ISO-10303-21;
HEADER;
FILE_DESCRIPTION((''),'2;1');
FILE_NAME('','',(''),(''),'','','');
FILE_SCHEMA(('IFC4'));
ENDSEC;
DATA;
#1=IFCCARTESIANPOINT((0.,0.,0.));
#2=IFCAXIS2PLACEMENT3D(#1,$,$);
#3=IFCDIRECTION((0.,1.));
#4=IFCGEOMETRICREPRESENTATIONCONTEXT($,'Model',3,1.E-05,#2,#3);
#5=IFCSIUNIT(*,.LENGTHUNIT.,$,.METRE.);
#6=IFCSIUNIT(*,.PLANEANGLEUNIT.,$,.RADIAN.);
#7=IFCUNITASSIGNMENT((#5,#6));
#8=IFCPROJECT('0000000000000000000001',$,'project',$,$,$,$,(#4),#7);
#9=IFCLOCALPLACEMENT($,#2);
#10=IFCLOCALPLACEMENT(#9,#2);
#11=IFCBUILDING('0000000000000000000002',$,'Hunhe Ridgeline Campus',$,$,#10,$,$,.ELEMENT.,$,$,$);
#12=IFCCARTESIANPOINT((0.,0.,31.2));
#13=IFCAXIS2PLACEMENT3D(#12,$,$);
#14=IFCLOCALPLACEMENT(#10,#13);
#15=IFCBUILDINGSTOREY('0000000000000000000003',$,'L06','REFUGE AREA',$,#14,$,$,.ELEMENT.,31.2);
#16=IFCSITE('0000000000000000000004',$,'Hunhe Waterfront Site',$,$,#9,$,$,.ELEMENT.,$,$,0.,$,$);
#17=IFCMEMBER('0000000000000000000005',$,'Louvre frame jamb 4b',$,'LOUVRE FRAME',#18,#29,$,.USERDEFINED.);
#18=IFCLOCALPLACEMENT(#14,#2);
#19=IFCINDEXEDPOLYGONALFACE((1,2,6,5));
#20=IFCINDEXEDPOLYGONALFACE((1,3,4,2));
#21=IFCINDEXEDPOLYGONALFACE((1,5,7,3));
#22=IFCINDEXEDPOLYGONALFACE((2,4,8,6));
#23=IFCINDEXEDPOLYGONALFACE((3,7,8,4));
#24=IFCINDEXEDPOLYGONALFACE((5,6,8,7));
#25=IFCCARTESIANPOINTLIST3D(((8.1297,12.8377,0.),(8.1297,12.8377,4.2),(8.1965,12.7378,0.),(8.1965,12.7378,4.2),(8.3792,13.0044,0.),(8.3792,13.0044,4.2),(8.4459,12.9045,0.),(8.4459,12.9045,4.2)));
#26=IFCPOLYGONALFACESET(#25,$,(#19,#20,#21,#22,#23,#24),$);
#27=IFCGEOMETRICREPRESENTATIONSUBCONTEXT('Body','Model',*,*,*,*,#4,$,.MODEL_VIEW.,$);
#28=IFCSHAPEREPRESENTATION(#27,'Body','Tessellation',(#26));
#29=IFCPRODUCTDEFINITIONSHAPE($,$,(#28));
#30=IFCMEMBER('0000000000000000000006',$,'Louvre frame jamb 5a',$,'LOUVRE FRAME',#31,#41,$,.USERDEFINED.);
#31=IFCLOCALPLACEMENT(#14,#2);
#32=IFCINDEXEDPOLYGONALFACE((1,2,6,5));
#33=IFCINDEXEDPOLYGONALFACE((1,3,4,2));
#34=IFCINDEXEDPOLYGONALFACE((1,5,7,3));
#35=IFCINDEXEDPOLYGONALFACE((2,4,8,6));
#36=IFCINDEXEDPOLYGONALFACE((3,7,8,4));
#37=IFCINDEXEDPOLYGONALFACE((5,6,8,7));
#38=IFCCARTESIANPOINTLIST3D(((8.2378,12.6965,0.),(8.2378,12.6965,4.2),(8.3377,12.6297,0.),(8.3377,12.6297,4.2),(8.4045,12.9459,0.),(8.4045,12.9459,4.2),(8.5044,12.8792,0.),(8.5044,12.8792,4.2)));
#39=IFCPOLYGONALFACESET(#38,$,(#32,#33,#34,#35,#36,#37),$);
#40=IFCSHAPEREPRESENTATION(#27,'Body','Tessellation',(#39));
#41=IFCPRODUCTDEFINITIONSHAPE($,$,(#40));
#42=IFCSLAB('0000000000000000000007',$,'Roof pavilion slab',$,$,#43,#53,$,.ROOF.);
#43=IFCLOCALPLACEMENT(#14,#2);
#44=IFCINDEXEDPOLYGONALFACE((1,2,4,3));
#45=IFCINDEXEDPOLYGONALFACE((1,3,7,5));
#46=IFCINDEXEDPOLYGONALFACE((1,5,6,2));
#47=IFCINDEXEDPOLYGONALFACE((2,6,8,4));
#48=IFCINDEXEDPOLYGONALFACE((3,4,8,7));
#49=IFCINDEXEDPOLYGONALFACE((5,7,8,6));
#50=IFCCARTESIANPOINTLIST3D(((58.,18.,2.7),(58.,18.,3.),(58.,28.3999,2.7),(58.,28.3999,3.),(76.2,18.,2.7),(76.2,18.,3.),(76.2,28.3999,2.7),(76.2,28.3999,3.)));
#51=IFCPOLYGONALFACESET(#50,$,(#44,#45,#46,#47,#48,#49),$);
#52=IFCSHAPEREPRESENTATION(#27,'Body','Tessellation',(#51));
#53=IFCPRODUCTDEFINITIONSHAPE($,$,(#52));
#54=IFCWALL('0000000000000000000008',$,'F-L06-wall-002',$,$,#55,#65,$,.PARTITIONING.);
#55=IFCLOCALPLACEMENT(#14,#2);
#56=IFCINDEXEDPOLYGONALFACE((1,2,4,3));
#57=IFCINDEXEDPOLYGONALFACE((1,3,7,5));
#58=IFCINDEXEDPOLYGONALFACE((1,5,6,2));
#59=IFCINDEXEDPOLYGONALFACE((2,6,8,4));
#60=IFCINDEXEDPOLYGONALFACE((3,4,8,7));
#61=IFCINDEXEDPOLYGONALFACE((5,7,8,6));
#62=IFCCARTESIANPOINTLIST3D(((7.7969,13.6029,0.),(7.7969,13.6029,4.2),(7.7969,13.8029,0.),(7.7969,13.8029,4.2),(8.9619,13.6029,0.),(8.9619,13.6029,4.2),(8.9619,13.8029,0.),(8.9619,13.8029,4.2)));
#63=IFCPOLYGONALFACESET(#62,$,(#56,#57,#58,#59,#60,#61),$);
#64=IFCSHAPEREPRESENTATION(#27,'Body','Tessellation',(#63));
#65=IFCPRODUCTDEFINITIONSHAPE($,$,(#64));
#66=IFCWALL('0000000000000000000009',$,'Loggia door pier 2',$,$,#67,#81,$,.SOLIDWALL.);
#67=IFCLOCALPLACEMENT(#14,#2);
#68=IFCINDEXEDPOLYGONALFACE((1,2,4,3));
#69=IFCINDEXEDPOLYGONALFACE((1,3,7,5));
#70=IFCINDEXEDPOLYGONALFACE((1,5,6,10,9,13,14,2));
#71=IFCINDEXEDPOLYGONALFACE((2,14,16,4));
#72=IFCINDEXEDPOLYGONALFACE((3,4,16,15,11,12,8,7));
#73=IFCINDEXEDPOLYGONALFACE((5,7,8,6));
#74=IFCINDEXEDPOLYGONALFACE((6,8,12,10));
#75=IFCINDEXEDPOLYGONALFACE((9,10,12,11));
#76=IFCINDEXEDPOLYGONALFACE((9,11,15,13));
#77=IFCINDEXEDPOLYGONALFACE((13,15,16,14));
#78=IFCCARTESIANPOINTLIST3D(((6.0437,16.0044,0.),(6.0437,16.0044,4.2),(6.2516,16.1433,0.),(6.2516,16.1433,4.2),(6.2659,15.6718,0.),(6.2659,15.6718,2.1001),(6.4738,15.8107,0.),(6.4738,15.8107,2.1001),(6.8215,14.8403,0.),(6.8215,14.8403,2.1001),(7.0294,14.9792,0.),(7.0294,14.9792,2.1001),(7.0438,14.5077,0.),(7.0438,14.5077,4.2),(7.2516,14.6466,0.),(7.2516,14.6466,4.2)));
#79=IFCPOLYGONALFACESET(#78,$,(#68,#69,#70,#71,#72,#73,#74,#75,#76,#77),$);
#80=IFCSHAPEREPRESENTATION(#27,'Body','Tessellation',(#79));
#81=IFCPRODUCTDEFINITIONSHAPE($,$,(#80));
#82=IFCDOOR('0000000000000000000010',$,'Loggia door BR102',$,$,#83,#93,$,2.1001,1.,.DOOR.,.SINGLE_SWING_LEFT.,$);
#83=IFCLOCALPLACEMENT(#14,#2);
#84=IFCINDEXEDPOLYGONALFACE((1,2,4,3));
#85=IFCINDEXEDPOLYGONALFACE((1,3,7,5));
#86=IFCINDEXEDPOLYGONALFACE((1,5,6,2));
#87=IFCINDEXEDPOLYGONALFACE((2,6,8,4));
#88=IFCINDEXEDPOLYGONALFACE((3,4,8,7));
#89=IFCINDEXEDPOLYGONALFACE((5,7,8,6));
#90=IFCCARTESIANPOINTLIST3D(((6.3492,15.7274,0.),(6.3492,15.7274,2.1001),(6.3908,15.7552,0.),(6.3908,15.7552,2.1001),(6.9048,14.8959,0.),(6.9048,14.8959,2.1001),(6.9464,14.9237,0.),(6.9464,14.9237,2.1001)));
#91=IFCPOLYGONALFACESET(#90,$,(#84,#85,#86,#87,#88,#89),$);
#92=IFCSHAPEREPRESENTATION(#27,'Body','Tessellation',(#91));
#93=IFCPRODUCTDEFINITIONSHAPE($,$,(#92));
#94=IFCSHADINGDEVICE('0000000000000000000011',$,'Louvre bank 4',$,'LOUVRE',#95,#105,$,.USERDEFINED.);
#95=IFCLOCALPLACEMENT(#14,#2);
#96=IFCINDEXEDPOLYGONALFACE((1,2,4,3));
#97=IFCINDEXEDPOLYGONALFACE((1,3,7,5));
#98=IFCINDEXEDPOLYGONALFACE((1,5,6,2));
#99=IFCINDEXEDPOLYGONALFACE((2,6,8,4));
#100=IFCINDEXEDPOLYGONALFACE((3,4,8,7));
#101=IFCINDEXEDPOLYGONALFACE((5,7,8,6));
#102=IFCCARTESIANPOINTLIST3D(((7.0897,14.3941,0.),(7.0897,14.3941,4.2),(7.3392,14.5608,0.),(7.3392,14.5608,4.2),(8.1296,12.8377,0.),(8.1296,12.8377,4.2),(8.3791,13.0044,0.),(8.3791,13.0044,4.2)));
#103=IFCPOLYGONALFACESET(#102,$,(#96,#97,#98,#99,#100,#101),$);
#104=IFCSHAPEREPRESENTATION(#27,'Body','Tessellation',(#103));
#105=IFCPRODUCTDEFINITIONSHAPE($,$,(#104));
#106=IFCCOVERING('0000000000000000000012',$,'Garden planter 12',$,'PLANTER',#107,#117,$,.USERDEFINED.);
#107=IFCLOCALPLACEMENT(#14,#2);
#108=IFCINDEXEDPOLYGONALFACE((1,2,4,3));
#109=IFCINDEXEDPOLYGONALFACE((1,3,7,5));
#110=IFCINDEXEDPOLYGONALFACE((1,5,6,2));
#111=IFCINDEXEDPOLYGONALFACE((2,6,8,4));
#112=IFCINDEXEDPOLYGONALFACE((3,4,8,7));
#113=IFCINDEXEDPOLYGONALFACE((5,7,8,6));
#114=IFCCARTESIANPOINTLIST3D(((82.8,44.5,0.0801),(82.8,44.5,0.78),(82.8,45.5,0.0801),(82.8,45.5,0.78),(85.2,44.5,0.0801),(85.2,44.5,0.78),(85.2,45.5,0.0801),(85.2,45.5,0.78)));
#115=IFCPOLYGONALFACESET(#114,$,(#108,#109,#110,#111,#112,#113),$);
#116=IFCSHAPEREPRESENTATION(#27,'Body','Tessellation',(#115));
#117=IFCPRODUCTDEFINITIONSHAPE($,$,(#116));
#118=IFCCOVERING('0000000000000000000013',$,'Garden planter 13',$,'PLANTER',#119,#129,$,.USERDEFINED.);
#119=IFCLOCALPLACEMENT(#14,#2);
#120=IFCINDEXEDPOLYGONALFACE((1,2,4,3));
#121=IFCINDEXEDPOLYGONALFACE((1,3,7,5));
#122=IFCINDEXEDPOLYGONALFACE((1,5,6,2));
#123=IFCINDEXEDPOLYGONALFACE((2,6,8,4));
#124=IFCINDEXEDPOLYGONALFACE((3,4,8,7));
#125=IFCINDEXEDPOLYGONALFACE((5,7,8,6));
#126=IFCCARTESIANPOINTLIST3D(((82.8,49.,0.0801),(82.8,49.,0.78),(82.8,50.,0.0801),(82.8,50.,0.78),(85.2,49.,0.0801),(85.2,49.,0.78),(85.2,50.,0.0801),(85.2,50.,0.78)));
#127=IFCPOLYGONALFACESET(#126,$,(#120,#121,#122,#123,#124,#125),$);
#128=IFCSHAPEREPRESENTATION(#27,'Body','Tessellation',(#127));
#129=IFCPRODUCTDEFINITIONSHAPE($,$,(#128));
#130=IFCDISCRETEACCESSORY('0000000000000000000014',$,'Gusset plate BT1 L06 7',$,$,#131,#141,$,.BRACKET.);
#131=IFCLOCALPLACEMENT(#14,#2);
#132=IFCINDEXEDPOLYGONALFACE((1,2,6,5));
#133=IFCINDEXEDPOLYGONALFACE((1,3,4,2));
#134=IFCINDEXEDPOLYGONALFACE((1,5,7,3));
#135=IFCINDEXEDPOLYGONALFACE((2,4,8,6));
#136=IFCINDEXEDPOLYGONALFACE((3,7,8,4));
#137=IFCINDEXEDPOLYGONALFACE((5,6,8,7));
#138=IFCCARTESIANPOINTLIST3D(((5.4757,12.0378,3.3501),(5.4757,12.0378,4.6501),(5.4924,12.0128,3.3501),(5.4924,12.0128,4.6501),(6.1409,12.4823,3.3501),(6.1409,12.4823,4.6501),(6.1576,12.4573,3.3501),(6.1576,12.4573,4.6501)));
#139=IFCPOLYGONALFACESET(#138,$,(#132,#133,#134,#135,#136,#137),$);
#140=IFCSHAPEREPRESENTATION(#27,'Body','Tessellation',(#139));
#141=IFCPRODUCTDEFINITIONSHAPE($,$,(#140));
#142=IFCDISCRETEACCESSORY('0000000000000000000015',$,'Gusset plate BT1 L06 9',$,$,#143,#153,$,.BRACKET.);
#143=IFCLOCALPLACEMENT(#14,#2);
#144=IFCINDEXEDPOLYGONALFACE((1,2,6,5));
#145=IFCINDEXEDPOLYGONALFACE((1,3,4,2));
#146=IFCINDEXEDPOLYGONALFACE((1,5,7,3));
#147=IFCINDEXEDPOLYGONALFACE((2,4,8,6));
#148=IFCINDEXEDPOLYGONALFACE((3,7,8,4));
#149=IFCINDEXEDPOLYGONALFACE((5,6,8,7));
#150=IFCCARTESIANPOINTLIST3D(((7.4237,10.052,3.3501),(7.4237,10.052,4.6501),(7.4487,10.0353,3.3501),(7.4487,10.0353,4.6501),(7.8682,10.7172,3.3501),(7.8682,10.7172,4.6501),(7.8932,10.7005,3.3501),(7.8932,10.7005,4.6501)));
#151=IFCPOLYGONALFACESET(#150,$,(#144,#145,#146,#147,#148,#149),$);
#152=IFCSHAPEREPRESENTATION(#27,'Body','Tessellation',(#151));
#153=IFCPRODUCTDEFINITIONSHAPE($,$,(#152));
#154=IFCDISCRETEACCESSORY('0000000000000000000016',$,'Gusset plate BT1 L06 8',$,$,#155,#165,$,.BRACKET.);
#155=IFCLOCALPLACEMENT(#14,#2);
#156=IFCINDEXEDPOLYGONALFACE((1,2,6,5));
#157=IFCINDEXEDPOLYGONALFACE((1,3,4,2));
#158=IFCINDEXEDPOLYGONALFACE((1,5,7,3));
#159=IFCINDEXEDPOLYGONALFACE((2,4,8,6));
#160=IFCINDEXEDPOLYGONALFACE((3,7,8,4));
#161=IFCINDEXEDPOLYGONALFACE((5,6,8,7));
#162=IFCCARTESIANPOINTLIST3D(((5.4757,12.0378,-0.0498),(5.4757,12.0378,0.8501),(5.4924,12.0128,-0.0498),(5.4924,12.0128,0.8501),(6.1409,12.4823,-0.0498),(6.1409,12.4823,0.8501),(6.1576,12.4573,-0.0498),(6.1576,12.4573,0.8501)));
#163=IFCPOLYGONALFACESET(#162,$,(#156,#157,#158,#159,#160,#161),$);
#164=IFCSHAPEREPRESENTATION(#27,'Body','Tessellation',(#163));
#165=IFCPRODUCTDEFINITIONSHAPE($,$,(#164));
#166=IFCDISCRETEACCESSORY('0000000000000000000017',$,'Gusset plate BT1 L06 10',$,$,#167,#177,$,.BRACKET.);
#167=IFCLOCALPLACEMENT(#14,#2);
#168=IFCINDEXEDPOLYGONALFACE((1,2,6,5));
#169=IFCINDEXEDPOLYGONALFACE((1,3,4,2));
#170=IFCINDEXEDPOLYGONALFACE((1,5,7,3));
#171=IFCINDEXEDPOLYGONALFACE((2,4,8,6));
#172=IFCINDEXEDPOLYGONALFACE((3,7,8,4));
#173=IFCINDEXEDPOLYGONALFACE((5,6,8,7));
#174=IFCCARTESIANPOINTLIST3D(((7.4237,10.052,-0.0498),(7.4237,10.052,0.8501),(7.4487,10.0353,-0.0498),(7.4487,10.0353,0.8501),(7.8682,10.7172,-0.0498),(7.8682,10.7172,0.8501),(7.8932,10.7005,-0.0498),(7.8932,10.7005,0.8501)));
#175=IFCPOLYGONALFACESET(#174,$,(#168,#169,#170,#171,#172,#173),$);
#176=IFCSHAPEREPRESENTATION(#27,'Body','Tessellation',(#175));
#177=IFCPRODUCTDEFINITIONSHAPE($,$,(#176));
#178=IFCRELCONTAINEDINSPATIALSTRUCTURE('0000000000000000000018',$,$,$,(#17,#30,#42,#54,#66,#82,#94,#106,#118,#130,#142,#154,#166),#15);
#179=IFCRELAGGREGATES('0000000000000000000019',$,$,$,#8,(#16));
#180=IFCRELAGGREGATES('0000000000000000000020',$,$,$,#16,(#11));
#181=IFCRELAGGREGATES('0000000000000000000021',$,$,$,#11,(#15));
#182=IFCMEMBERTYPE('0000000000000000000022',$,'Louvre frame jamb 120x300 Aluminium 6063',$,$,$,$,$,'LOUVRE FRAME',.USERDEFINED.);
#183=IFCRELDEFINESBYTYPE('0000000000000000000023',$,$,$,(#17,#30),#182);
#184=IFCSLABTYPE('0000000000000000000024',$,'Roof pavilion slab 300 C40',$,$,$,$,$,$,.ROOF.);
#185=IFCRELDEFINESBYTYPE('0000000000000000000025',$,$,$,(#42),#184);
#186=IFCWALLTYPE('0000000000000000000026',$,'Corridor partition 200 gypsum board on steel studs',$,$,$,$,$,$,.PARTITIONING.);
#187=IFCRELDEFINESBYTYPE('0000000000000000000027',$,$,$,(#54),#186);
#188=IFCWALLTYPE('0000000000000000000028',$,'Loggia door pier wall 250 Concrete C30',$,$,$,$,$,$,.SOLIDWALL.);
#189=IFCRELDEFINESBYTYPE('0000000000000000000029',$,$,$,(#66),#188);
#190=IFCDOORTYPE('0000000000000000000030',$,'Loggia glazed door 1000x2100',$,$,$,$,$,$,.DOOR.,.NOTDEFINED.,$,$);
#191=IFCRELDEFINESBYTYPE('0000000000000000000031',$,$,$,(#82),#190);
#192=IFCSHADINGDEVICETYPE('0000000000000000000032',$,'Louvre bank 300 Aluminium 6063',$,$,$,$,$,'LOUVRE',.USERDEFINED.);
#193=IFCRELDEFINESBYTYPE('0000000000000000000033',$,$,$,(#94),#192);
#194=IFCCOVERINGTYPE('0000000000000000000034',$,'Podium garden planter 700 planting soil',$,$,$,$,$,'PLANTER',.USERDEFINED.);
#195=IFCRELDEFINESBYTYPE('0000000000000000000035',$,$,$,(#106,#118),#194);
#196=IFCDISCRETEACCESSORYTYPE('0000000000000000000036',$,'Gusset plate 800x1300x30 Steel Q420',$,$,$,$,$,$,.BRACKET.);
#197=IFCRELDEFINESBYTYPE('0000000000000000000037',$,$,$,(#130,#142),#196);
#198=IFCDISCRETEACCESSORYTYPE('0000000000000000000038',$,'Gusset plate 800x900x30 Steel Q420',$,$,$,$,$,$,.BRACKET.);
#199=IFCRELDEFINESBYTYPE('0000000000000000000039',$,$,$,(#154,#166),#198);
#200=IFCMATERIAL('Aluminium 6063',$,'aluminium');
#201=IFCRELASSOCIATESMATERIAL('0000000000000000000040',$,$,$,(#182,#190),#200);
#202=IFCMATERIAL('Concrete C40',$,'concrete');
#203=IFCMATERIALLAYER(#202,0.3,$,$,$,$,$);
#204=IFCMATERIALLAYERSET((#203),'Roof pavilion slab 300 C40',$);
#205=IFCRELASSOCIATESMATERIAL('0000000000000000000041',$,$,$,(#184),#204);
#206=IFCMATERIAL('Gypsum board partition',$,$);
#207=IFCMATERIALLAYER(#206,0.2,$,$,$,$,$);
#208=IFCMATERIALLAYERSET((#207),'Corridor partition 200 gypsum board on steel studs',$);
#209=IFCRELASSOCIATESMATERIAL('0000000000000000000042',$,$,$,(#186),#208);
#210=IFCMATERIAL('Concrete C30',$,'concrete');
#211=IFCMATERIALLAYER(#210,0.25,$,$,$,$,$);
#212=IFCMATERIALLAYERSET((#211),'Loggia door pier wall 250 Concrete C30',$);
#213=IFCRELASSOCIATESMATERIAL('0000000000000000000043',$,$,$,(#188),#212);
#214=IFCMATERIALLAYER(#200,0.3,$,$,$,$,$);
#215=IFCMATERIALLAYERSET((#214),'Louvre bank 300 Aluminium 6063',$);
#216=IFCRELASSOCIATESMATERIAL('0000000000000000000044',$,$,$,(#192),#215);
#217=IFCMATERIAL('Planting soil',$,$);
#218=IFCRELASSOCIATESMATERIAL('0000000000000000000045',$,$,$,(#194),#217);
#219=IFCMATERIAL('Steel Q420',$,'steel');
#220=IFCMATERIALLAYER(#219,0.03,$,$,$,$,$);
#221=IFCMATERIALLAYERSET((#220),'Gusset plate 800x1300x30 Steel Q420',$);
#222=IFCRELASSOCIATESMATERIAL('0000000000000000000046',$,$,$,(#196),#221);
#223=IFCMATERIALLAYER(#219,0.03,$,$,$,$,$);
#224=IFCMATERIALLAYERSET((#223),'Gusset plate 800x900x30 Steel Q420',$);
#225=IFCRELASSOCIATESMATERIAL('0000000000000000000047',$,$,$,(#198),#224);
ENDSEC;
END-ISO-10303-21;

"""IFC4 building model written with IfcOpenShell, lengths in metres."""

from ifc_helpers import new_model, si_unit, direction, frame, frame_2d, origin, origin_2d, place, context, subcontext, project, spatial, polyline, rectangle, outline, extrude, material, layer, layer_set, material_profile, profile_set, type_object, element, fill, save


model = new_model("IFC4")

# Units and contexts
model_context = context("Model", 3, precision=1e-05, world=origin(), true_north=direction((0.0, 1.0)))
body_context = subcontext(model_context, "Body", "Model", "MODEL_VIEW")
ifc_project = project(units=[si_unit("LENGTHUNIT", "METRE"), si_unit("PLANEANGLEUNIT", "RADIAN")], contexts=[model_context])

# Site, building, storey
site_placement = place(None, origin())
site = spatial("IfcSite", under=ifc_project, at=site_placement, Name="Hunhe Waterfront Site", CompositionType="ELEMENT", RefElevation=0.0)
building_placement = place(site_placement, origin())
building = spatial("IfcBuilding", under=site, at=building_placement, Name="Hunhe Ridgeline Campus", CompositionType="ELEMENT")
storey_placement = place(building_placement, frame((0.0, 0.0, 31.2)))
storey = spatial("IfcBuildingStorey", under=building, at=storey_placement, Name="L06", Description="REFUGE AREA", CompositionType="ELEMENT", Elevation=31.2)

# Members
ifc_material_1 = material(Name="Steel Q420", Category="steel")
ifc_material_2 = material(Name="Aluminium 6063", Category="aluminium")
ifc_material_profile_1 = material_profile(ifc_material_2, rectangle(XDim=0.3, YDim=0.1201, at=origin_2d()))
ifc_profile_set_1 = profile_set([ifc_material_profile_1], Name="Aluminium 6063")
member_type_1 = type_object("IfcMemberType", Name="Louvre frame jamb 120x300 Aluminium 6063", ElementType="LOUVRE FRAME", PredefinedType="USERDEFINED", material=ifc_profile_set_1)
for number, where, z_axis, x_axis, name in (
    (1, (8.2878, 12.8711, 0.0), (0.0, 0.0, 1.0), (0.83147, 0.55557, 0.0), "Louvre frame jamb 4b"),
    (2, (8.3711, 12.7878, 0.0), (0.0, 0.0, 1.0), (0.55557, 0.83147, 0.0), "Louvre frame jamb 5a"),
):
    element("IfcMember", number, at=place(storey_placement, frame(where, z_axis=z_axis, x_axis=x_axis)), inside=storey, type_object=member_type_1, Name=name, ObjectType="LOUVRE FRAME", PredefinedType="USERDEFINED", context=body_context, shape_type="SweptSolid", body=[
        extrude(rectangle(XDim=0.3, YDim=0.1201, at=origin_2d()), origin(), (0.0, 0.0, 1.0), 4.2),
    ])

# Slab
ifc_material_3 = material(Name="Concrete C40", Category="concrete")
ifc_layer_1 = layer(ifc_material_3, 0.3)
ifc_layer_set_1 = layer_set([ifc_layer_1], Name="Roof pavilion slab 300 C40")
slab_type = type_object("IfcSlabType", Name="Roof pavilion slab 300 C40", PredefinedType="ROOF", material=ifc_layer_set_1)
slab_placement = place(storey_placement, frame((0.0, 0.0, 2.7)))
element("IfcSlab", 3, at=slab_placement, inside=storey, type_object=slab_type, Name="Roof pavilion slab", PredefinedType="ROOF", context=body_context, shape_type="SweptSolid", body=[
    extrude(outline(polyline([(58.0, 18.0), (76.2, 18.0), (76.2, 28.3999), (58.0, 28.3999), (58.0, 18.0)])), origin(), (0.0, 0.0, 1.0), 0.3),
])

# Wall
ifc_material_4 = material(Name="Gypsum board partition")
ifc_layer_2 = layer(ifc_material_4, 0.2)
ifc_layer_set_2 = layer_set([ifc_layer_2], Name="Corridor partition 200 gypsum board on steel studs")
wall_type_1 = type_object("IfcWallType", Name="Corridor partition 200 gypsum board on steel studs", PredefinedType="PARTITIONING", material=ifc_layer_set_2)
wall_1_placement = place(storey_placement, frame((7.7969, 13.7029, 0.0), z_axis=(0.0, 0.0, 1.0), x_axis=(1.0, 0.0, 0.0)))
element("IfcWall", 4, at=wall_1_placement, inside=storey, type_object=wall_type_1, Name="F-L06-wall-002", PredefinedType="PARTITIONING", context=body_context, shape_type="SweptSolid", body=[
    extrude(rectangle(XDim=1.165, YDim=0.2, at=frame_2d((0.5825, 0.0))), origin(), (0.0, 0.0, 1.0), 4.2),
])

# Wall, opening, door
ifc_material_5 = material(Name="Concrete C30", Category="concrete")
ifc_layer_3 = layer(ifc_material_5, 0.25)
ifc_layer_set_3 = layer_set([ifc_layer_3], Name="Loggia door pier wall 250 Concrete C30")
wall_type_2 = type_object("IfcWallType", Name="Loggia door pier wall 250 Concrete C30", PredefinedType="SOLIDWALL", material=ifc_layer_set_3)
wall_2_placement = place(storey_placement, frame((6.1477, 16.0737, 0.0), z_axis=(0.0, 0.0, 1.0), x_axis=(0.555576, -0.831466, 0.0)))
wall_2 = element("IfcWall", 5, at=wall_2_placement, inside=storey, type_object=wall_type_2, Name="Loggia door pier 2", PredefinedType="SOLIDWALL", context=body_context, shape_type="SweptSolid", body=[
    extrude(rectangle(XDim=1.8, YDim=0.25, at=frame_2d((0.8999, 0.0))), origin(), (0.0, 0.0, 1.0), 4.2),
])
opening_placement = place(wall_2_placement, frame((0.3999, 0.0, 0.0)))
opening = element("IfcOpeningElement", 6, at=opening_placement, cuts=wall_2, PredefinedType="OPENING", context=body_context, shape_type="SweptSolid", body=[
    extrude(rectangle(XDim=1.0, YDim=2.1001, at=frame_2d((0.5, 1.05))), frame((0.0, 0.125, 0.0), z_axis=(0.0, -1.0, 0.0), x_axis=(1.0, 0.0, 0.0)), (0.0, 0.0, 1.0), 0.25),
])
door_type = type_object("IfcDoorType", Name="Loggia glazed door 1000x2100", OperationType="NOTDEFINED", PredefinedType="DOOR", material=ifc_material_2)
door_placement = place(opening_placement, frame((1.0, 0.0, 0.0), z_axis=(0.0, 0.0, 1.0), x_axis=(-1.0, 0.0, 0.0)))
door = element("IfcDoor", 7, at=door_placement, inside=storey, type_object=door_type, Name="Loggia door BR102", OperationType="SINGLE_SWING_LEFT", OverallHeight=2.1001, OverallWidth=1.0, PredefinedType="DOOR", context=body_context, shape_type="SweptSolid", body=[
    extrude(rectangle(XDim=1.0, YDim=2.1001, at=frame_2d((0.5, 1.05))), frame((0.0, 0.0249, 0.0), z_axis=(0.0, -1.0, 0.0), x_axis=(1.0, 0.0, 0.0)), (0.0, 0.0, 1.0), 0.05),
])
fill(opening, door)

# Shading device
ifc_layer_4 = layer(ifc_material_2, 0.3)
ifc_layer_set_4 = layer_set([ifc_layer_4], Name="Louvre bank 300 Aluminium 6063")
shading_device_type = type_object("IfcShadingDeviceType", Name="Louvre bank 300 Aluminium 6063", ElementType="LOUVRE", PredefinedType="USERDEFINED", material=ifc_layer_set_4)
shading_device_placement = place(storey_placement, frame((7.7344, 13.6992, 0.0), z_axis=(0.0, 0.0, 1.0), x_axis=(0.55557, -0.83147, 0.0)))
element("IfcShadingDevice", 8, at=shading_device_placement, inside=storey, type_object=shading_device_type, Name="Louvre bank 4", ObjectType="LOUVRE", PredefinedType="USERDEFINED", context=body_context, shape_type="SweptSolid", body=[
    extrude(rectangle(XDim=1.8718, YDim=0.3, at=origin_2d()), origin(), (0.0, 0.0, 1.0), 4.2),
])

# Coverings
ifc_material_6 = material(Name="Planting soil")
covering_type = type_object("IfcCoveringType", Name="Podium garden planter 700 planting soil", ElementType="PLANTER", PredefinedType="USERDEFINED", material=ifc_material_6)
covering_1_placement = place(storey_placement, frame((0.0, 0.0, 0.0801)))
element("IfcCovering", 9, at=covering_1_placement, inside=storey, type_object=covering_type, Name="Garden planter 12", ObjectType="PLANTER", PredefinedType="USERDEFINED", context=body_context, shape_type="SweptSolid", body=[
    extrude(outline(polyline([(82.8, 44.5), (85.2, 44.5), (85.2, 45.5), (82.8, 45.5), (82.8, 44.5)])), origin(), (0.0, 0.0, 1.0), 0.7),
])
covering_2_placement = place(storey_placement, frame((0.0, 0.0, 0.0801)))
element("IfcCovering", 10, at=covering_2_placement, inside=storey, type_object=covering_type, Name="Garden planter 13", ObjectType="PLANTER", PredefinedType="USERDEFINED", context=body_context, shape_type="SweptSolid", body=[
    extrude(outline(polyline([(82.8, 49.0), (85.2, 49.0), (85.2, 50.0), (82.8, 50.0), (82.8, 49.0)])), origin(), (0.0, 0.0, 1.0), 0.7),
])

# Discrete accessories
ifc_layer_5 = layer(ifc_material_1, 0.03)
ifc_layer_set_5 = layer_set([ifc_layer_5], Name="Gusset plate 800x1300x30 Steel Q420")
discrete_accessory_type_1 = type_object("IfcDiscreteAccessoryType", Name="Gusset plate 800x1300x30 Steel Q420", PredefinedType="BRACKET", material=ifc_layer_set_5)
for number, where, z_axis, x_axis, name in (
    (11, (5.8167, 12.2476, 3.3501), (0.0, 0.0, 1.0), (0.55557, -0.83147, 0.0), "Gusset plate BT1 L06 7"),
    (12, (7.6584, 10.3762, 3.3501), (0.0, 0.0, 1.0), (-0.83147, 0.55557, 0.0), "Gusset plate BT1 L06 9"),
):
    element("IfcDiscreteAccessory", number, at=place(storey_placement, frame(where, z_axis=z_axis, x_axis=x_axis)), inside=storey, type_object=discrete_accessory_type_1, Name=name, PredefinedType="BRACKET", context=body_context, shape_type="SweptSolid", body=[
        extrude(rectangle(XDim=0.03, YDim=0.8, at=origin_2d()), origin(), (0.0, 0.0, 1.0), 1.3),
    ])
ifc_layer_6 = layer(ifc_material_1, 0.03)
ifc_layer_set_6 = layer_set([ifc_layer_6], Name="Gusset plate 800x900x30 Steel Q420")
discrete_accessory_type_2 = type_object("IfcDiscreteAccessoryType", Name="Gusset plate 800x900x30 Steel Q420", PredefinedType="BRACKET", material=ifc_layer_set_6)
for number, where, z_axis, x_axis, name in (
    (13, (5.8167, 12.2476, -0.0498), (0.0, 0.0, 1.0), (0.55557, -0.83147, 0.0), "Gusset plate BT1 L06 8"),
    (14, (7.6584, 10.3762, -0.0498), (0.0, 0.0, 1.0), (-0.83147, 0.55557, 0.0), "Gusset plate BT1 L06 10"),
):
    element("IfcDiscreteAccessory", number, at=place(storey_placement, frame(where, z_axis=z_axis, x_axis=x_axis)), inside=storey, type_object=discrete_accessory_type_2, Name=name, PredefinedType="BRACKET", context=body_context, shape_type="SweptSolid", body=[
        extrude(rectangle(XDim=0.03, YDim=0.8, at=origin_2d()), origin(), (0.0, 0.0, 1.0), 0.8999),
    ])

save(model, "model.ifc")
